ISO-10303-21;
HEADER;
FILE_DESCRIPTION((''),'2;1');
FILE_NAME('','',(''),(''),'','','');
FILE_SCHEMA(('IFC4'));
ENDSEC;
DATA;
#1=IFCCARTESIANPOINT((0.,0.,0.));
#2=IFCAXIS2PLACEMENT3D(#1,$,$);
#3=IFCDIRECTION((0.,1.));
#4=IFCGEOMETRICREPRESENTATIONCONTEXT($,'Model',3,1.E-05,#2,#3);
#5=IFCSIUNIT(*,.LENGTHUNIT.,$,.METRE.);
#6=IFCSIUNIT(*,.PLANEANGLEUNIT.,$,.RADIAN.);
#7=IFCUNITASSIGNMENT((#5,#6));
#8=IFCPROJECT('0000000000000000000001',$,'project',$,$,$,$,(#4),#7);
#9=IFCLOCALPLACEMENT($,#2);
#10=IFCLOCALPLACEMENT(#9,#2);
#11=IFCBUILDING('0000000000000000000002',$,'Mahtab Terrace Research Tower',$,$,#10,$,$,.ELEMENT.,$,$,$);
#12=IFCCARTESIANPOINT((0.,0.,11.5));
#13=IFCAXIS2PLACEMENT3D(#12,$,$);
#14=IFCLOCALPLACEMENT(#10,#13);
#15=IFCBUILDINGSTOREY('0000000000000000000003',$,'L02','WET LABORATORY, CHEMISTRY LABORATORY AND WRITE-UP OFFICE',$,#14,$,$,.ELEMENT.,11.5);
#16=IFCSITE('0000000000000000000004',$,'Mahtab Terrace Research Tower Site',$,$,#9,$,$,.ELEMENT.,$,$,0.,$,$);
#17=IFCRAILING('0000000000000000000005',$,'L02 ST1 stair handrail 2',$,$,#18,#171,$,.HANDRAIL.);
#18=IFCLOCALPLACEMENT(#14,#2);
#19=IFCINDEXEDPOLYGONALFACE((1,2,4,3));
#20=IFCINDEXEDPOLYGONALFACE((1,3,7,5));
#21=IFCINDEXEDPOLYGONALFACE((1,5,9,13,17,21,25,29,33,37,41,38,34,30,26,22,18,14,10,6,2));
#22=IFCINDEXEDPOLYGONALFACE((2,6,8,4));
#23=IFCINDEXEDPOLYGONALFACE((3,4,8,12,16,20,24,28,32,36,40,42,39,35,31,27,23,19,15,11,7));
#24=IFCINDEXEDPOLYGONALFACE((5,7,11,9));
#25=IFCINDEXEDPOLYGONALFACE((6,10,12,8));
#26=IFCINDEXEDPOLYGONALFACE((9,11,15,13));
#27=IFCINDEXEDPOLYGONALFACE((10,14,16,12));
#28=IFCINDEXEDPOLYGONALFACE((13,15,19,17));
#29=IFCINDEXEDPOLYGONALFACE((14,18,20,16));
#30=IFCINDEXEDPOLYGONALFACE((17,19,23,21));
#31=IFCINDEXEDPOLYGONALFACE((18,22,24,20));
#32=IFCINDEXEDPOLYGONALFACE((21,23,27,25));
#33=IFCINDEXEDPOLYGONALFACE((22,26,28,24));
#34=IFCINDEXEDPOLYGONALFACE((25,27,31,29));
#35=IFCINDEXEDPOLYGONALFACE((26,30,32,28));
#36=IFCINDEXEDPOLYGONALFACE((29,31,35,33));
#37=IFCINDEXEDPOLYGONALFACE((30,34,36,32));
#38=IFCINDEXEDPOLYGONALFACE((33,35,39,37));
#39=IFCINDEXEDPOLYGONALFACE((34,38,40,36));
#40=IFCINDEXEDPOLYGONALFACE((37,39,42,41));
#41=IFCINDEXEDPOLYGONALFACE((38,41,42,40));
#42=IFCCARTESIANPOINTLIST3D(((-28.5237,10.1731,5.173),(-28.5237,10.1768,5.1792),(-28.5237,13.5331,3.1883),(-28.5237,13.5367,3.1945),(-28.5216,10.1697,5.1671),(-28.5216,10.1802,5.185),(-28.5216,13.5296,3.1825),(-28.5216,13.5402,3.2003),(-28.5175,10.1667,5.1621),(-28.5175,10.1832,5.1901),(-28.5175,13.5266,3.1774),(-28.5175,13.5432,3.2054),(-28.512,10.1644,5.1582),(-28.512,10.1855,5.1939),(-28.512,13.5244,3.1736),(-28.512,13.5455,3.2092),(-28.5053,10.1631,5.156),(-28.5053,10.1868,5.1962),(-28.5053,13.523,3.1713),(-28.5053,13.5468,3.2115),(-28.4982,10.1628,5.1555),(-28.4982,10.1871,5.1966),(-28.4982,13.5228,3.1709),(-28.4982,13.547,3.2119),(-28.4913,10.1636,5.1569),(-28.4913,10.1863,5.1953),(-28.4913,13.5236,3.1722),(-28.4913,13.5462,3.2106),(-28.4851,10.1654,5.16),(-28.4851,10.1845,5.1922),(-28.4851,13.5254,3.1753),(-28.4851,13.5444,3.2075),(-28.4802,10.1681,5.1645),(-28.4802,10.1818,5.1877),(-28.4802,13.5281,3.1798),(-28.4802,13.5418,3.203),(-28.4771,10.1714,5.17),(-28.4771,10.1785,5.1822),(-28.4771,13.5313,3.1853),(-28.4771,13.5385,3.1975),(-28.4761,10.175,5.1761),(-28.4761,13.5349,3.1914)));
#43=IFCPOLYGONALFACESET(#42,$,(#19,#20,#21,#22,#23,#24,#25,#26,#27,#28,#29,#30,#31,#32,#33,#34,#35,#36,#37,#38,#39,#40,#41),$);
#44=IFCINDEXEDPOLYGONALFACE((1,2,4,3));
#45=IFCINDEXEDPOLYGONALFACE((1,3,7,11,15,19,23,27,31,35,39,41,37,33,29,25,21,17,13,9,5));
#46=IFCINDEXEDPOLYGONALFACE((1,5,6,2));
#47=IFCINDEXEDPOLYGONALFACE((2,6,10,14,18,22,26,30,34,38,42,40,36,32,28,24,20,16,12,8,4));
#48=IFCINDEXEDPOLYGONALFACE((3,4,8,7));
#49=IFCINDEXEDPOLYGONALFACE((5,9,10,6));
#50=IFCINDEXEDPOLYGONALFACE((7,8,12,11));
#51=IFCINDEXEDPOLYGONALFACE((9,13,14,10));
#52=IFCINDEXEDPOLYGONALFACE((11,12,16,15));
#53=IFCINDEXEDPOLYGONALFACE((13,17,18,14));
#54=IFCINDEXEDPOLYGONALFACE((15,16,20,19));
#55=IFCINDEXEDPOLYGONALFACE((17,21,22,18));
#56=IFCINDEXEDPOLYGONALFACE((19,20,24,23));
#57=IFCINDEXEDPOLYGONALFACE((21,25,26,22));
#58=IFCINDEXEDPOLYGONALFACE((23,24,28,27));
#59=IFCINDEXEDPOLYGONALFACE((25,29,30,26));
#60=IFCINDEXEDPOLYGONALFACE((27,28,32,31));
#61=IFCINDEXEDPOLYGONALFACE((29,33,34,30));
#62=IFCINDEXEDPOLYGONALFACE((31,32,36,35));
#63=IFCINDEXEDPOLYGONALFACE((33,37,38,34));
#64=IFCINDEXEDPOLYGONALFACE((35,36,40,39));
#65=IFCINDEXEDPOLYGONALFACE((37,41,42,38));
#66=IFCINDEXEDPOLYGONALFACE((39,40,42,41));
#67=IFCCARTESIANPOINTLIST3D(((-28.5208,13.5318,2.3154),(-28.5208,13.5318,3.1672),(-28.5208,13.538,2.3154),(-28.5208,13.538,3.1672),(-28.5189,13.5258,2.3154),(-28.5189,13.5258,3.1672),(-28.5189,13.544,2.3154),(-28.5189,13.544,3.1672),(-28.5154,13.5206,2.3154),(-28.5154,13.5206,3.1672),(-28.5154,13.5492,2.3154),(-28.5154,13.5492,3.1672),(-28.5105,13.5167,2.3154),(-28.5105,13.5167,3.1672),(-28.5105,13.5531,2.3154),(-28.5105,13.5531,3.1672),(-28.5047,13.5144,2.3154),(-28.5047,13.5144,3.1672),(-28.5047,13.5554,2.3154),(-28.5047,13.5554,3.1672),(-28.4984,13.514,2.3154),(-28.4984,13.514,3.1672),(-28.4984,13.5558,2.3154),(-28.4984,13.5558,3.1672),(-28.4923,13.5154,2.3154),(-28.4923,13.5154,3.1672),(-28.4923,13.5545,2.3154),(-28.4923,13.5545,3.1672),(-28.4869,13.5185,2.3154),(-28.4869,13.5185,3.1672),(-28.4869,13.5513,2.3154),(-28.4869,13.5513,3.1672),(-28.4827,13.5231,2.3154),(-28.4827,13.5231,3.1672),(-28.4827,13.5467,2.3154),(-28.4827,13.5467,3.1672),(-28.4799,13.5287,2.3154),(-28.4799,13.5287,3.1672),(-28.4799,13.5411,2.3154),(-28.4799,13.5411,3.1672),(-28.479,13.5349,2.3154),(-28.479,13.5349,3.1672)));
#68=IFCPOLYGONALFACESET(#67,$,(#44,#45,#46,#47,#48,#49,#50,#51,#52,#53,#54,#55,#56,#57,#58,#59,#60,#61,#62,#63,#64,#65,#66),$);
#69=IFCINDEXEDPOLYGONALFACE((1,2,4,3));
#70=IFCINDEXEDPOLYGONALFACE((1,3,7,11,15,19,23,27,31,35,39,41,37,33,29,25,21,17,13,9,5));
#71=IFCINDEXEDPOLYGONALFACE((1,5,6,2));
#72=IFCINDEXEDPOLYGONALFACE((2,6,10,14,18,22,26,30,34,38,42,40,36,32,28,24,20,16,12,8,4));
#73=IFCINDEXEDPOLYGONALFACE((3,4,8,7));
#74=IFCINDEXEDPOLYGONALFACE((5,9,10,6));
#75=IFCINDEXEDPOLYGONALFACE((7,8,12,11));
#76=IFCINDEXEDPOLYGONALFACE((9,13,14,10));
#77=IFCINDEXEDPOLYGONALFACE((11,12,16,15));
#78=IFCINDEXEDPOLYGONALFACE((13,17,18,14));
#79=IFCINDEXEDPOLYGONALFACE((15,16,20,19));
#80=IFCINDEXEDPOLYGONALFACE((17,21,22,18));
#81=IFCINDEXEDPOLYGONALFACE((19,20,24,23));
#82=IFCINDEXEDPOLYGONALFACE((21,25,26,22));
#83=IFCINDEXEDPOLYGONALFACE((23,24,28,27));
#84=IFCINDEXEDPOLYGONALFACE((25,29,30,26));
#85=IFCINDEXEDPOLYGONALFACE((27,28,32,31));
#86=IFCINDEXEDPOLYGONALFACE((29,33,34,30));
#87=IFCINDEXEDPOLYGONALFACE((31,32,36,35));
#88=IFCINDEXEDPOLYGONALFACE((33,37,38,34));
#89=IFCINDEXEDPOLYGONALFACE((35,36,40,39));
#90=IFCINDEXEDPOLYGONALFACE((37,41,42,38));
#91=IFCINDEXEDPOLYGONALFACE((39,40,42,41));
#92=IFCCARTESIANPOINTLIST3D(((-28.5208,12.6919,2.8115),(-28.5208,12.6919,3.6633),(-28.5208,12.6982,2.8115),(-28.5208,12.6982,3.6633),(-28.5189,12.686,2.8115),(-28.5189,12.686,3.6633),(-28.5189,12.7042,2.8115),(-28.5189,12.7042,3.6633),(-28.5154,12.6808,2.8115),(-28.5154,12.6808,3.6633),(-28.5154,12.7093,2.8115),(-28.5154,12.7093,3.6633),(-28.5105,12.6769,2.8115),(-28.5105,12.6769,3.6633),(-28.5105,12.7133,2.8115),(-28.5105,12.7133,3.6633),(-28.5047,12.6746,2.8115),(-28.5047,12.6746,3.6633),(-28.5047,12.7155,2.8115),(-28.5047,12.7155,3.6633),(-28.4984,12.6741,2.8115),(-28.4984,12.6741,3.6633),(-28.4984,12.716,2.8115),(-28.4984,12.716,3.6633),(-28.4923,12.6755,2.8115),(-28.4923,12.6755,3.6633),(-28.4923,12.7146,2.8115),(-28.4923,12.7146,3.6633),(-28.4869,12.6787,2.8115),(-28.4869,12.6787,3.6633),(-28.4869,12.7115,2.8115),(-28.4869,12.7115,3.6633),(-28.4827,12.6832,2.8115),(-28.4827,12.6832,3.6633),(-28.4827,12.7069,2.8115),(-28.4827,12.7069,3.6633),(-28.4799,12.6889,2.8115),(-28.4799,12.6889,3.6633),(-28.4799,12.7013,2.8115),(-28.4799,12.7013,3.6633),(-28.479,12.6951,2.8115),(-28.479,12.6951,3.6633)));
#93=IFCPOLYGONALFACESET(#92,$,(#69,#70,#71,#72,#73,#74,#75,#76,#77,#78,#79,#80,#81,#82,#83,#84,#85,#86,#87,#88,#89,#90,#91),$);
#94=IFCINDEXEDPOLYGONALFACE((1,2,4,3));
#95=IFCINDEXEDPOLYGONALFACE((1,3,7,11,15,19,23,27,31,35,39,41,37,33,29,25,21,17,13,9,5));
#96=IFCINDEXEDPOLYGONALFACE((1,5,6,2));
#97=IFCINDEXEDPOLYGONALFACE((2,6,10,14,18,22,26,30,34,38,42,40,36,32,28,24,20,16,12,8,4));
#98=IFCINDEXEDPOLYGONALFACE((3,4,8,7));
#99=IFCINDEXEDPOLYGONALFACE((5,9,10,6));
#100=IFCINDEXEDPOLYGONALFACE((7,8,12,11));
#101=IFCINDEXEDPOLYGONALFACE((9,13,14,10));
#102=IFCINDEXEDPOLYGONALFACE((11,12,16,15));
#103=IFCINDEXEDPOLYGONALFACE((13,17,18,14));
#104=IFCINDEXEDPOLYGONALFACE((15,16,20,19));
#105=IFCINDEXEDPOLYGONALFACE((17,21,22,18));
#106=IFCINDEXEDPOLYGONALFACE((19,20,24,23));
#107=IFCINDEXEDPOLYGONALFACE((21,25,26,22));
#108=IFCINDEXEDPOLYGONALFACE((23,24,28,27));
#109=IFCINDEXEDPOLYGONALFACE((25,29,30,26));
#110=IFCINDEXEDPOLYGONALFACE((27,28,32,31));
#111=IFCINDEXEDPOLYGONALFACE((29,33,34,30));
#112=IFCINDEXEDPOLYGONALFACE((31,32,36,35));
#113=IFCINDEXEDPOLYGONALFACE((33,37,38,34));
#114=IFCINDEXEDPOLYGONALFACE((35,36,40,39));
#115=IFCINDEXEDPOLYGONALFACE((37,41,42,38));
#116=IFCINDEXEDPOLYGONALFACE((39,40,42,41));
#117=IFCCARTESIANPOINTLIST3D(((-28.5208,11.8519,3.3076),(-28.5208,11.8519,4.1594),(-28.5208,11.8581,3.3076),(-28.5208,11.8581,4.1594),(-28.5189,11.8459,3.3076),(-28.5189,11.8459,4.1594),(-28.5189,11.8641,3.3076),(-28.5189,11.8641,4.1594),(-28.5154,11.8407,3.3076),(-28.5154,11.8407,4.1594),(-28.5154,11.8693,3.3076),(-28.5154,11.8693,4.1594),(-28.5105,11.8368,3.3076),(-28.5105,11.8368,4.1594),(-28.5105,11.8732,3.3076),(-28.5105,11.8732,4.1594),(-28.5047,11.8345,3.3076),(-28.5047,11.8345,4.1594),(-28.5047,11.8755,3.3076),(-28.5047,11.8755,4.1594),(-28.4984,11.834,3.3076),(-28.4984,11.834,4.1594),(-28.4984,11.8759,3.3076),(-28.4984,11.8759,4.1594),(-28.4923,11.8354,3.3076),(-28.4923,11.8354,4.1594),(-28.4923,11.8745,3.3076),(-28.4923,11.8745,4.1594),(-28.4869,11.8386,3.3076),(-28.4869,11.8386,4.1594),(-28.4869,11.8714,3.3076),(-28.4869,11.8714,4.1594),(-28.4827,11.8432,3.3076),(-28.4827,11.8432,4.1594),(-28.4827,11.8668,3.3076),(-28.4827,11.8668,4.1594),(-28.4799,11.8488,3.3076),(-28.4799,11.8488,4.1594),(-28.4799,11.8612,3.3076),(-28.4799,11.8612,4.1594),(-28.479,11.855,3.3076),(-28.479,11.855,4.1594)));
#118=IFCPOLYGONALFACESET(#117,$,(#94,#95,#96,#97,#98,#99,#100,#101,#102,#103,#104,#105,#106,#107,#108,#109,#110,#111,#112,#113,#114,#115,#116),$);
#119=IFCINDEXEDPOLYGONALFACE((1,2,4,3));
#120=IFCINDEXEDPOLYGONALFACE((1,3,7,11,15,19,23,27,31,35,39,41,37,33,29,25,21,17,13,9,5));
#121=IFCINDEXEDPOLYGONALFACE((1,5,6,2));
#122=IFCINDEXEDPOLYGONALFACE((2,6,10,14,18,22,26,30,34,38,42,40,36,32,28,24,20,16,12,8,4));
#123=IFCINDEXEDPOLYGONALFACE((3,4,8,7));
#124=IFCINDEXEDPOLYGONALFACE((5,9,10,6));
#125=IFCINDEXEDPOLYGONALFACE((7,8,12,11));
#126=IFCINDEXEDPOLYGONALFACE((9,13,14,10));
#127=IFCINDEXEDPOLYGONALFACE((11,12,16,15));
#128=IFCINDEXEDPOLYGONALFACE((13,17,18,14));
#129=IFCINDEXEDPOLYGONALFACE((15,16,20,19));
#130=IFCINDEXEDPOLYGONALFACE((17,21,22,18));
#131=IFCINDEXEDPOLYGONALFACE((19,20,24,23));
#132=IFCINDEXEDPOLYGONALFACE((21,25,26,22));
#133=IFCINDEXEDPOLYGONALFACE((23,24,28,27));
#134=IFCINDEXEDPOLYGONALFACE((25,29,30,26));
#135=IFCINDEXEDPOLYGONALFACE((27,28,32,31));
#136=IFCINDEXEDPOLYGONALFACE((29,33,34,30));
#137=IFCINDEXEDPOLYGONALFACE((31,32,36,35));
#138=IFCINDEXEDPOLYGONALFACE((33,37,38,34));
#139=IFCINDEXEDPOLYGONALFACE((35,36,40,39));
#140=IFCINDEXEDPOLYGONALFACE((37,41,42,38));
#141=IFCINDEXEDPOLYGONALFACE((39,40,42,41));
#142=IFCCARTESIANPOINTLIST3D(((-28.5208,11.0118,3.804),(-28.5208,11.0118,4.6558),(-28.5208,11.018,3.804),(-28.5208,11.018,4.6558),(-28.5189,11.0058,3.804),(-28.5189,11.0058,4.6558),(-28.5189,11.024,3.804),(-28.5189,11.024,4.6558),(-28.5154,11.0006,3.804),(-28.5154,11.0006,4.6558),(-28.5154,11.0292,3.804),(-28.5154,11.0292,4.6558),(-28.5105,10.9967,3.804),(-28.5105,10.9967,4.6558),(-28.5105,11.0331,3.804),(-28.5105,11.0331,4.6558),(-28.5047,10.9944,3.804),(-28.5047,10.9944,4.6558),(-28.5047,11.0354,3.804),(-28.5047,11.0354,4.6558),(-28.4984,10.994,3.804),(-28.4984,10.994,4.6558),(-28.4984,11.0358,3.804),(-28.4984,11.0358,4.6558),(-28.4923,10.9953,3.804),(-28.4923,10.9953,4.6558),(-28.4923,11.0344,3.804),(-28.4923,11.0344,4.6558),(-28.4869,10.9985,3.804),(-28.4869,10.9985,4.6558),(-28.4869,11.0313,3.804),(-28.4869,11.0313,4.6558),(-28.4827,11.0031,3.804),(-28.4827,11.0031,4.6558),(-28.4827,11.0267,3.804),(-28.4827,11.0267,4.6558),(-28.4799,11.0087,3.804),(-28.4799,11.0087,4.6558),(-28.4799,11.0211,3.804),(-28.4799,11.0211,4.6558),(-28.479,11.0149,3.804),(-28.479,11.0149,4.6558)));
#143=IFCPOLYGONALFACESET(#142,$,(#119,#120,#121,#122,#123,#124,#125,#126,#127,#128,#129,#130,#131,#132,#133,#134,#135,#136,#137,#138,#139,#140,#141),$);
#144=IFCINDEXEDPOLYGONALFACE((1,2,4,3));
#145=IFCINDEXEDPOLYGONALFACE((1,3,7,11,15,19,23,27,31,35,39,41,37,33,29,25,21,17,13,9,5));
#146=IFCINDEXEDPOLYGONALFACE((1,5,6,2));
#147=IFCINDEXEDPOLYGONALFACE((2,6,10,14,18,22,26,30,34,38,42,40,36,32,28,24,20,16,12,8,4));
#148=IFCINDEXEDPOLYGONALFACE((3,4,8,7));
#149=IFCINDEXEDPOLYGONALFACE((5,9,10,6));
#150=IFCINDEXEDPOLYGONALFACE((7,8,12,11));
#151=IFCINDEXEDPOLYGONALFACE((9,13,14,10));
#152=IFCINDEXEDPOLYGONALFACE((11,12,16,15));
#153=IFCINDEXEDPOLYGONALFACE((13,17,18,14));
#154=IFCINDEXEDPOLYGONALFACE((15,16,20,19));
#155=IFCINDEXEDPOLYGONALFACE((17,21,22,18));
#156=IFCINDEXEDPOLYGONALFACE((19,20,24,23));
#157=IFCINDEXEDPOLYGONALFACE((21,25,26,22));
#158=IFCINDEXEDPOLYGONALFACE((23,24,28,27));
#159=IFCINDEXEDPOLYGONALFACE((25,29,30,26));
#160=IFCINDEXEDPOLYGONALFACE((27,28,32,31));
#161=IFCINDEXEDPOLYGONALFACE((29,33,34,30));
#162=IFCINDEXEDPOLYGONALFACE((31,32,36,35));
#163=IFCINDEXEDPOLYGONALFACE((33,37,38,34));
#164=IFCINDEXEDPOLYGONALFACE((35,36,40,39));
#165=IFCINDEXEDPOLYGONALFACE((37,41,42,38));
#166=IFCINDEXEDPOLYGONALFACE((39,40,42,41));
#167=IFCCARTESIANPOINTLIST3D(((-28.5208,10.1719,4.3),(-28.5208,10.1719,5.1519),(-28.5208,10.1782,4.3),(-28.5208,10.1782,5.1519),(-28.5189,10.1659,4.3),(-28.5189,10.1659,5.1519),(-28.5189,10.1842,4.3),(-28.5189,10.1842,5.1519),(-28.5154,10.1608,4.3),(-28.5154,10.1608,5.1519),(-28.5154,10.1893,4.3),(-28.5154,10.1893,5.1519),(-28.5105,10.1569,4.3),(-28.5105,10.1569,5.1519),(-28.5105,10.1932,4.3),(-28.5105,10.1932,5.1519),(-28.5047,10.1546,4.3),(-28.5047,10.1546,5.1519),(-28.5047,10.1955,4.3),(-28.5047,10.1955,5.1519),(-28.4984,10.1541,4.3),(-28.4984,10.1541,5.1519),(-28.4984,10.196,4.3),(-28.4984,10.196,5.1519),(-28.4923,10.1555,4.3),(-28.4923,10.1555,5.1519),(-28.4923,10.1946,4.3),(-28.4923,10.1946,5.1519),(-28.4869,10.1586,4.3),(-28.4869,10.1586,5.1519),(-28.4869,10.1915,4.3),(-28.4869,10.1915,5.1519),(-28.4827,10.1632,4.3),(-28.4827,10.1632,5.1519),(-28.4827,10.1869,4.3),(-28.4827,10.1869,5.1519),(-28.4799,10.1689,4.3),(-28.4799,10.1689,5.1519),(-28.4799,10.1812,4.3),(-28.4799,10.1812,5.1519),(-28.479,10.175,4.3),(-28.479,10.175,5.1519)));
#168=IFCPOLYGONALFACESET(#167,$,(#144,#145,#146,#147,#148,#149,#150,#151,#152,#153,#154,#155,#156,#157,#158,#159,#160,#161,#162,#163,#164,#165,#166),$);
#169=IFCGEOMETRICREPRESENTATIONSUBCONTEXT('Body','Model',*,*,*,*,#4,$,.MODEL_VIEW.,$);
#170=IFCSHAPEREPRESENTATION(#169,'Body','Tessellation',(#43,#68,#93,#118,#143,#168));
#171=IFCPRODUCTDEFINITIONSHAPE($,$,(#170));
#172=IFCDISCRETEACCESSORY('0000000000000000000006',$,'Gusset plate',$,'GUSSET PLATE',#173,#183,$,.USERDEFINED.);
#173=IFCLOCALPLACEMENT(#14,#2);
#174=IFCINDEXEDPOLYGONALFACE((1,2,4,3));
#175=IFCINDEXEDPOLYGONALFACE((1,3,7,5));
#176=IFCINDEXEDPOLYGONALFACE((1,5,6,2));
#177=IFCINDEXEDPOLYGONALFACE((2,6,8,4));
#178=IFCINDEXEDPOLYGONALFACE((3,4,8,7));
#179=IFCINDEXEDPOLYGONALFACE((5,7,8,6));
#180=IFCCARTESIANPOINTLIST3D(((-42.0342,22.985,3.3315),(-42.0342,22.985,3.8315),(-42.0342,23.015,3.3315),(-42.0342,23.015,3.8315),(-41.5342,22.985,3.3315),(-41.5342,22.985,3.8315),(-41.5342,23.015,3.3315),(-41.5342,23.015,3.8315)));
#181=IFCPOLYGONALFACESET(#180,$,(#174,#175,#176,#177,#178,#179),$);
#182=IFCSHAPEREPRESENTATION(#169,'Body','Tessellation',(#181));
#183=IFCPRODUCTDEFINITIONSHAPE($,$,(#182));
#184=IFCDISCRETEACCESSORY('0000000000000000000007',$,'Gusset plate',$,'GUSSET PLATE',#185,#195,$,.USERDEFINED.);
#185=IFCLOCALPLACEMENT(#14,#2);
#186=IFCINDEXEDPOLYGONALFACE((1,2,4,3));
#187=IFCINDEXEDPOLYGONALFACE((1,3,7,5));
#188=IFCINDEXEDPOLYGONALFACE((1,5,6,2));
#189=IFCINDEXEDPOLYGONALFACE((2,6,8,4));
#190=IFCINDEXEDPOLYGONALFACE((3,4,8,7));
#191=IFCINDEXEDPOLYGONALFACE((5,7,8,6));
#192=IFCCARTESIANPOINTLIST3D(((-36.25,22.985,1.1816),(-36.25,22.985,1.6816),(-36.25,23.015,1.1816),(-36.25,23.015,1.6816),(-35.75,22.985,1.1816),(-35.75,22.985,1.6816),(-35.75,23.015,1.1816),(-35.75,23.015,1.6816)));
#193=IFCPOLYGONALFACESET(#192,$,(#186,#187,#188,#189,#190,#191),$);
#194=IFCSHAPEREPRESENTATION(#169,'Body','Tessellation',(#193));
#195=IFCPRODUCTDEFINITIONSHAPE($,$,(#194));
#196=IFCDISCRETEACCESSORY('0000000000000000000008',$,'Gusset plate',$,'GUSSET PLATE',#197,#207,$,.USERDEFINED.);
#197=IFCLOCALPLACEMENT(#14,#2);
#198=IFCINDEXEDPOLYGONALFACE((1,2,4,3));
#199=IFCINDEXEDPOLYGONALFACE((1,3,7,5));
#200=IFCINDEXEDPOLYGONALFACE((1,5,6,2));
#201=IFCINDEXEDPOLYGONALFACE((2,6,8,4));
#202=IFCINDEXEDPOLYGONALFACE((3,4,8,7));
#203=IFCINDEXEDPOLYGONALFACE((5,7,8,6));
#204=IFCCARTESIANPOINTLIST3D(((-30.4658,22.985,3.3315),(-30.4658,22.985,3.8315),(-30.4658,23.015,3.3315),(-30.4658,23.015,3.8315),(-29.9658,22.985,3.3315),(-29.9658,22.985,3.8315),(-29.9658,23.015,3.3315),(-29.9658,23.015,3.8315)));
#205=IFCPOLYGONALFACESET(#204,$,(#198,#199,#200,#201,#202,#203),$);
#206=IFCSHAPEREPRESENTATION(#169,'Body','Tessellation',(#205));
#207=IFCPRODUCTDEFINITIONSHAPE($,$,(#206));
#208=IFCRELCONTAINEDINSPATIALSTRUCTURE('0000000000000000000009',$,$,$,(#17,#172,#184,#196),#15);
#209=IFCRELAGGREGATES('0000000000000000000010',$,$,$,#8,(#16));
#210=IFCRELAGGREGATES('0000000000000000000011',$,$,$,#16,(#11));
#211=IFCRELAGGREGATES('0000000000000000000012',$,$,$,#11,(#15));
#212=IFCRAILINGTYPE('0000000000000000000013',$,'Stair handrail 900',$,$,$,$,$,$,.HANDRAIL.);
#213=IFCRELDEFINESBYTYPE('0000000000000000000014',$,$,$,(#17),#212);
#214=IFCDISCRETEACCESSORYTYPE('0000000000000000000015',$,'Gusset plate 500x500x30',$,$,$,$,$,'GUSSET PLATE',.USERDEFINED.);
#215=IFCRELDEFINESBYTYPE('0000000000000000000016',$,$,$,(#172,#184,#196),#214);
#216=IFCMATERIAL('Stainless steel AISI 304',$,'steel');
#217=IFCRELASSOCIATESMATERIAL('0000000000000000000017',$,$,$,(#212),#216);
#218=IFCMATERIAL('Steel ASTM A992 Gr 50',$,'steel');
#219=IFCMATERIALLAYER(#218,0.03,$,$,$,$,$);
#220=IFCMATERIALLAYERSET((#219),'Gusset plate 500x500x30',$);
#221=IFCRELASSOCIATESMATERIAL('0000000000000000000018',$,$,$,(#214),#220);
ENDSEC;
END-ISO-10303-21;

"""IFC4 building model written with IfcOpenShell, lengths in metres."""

from ifc_helpers import new_model, si_unit, direction, frame, origin, origin_2d, place, context, subcontext, project, spatial, rectangle, circle, extrude, material, layer, layer_set, type_object, element, save


model = new_model("IFC4")

# Units and contexts
model_context = context("Model", 3, precision=1e-05, world=origin(), true_north=direction((0.0, 1.0)))
body_context = subcontext(model_context, "Body", "Model", "MODEL_VIEW")
ifc_project = project(units=[si_unit("LENGTHUNIT", "METRE"), si_unit("PLANEANGLEUNIT", "RADIAN")], contexts=[model_context])

# Site, building, storey
site_placement = place(None, origin())
site = spatial("IfcSite", under=ifc_project, at=site_placement, Name="Mahtab Terrace Research Tower Site", CompositionType="ELEMENT", RefElevation=0.0)
building_placement = place(site_placement, origin())
building = spatial("IfcBuilding", under=site, at=building_placement, Name="Mahtab Terrace Research Tower", CompositionType="ELEMENT")
storey_placement = place(building_placement, frame((0.0, 0.0, 11.5)))
storey = spatial("IfcBuildingStorey", under=building, at=storey_placement, Name="L02", Description="WET LABORATORY, CHEMISTRY LABORATORY AND WRITE-UP OFFICE", CompositionType="ELEMENT", Elevation=11.5)

# Shared definitions
ifc_material_1 = material(Name="Steel ASTM A992 Gr 50", Category="steel")

# Railing
ifc_material_2 = material(Name="Stainless steel AISI 304", Category="steel")
railing_type = type_object("IfcRailingType", Name="Stair handrail 900", PredefinedType="HANDRAIL", material=ifc_material_2)
railing_placement = place(storey_placement, frame((-28.5, 13.5349, 2.3154)))
element("IfcRailing", 1, at=railing_placement, inside=storey, type_object=railing_type, Name="L02 ST1 stair handrail 2", PredefinedType="HANDRAIL", context=body_context, shape_type="SweptSolid", body=[
    extrude(circle(Radius=0.0239, at=origin_2d()), frame((0.0, 0.0, 0.876), z_axis=(0.0, -0.861011, 0.508586), x_axis=(1.0, 0.0, 0.0)), (0.0, 0.0, 1.0), 3.9023),
    extrude(circle(Radius=0.021, at=origin_2d()), origin(), (0.0, 0.0, 1.0), 0.8518),
    extrude(circle(Radius=0.021, at=origin_2d()), frame((0.0, -0.8398, 0.4961)), (0.0, 0.0, 1.0), 0.8518),
    extrude(circle(Radius=0.021, at=origin_2d()), frame((0.0, -1.6799, 0.9922)), (0.0, 0.0, 1.0), 0.8518),
    extrude(circle(Radius=0.021, at=origin_2d()), frame((0.0, -2.52, 1.4885)), (0.0, 0.0, 1.0), 0.8518),
    extrude(circle(Radius=0.021, at=origin_2d()), frame((0.0, -3.3599, 1.9846)), (0.0, 0.0, 1.0), 0.8518),
])

# Discrete accessories
ifc_layer_1 = layer(ifc_material_1, 0.03)
ifc_layer_set_1 = layer_set([ifc_layer_1], Name="Gusset plate 500x500x30")
discrete_accessory_type = type_object("IfcDiscreteAccessoryType", Name="Gusset plate 500x500x30", ElementType="GUSSET PLATE", PredefinedType="USERDEFINED", material=ifc_layer_set_1)
for number, where, z_axis, x_axis, name in (
    (2, (-41.7842, 23.0, 3.3315), (0.0, 0.0, 1.0), (1.0, 0.0, 0.0), "Gusset plate"),
    (3, (-36.0, 23.0, 1.1816), (0.0, 0.0, 1.0), (1.0, 0.0, 0.0), "Gusset plate"),
    (4, (-30.2158, 23.0, 3.3315), (0.0, 0.0, 1.0), (1.0, 0.0, 0.0), "Gusset plate"),
):
    element("IfcDiscreteAccessory", number, at=place(storey_placement, frame(where, z_axis=z_axis, x_axis=x_axis)), inside=storey, type_object=discrete_accessory_type, Name=name, ObjectType="GUSSET PLATE", PredefinedType="USERDEFINED", context=body_context, shape_type="SweptSolid", body=[
        extrude(rectangle(XDim=0.5, YDim=0.03, at=origin_2d()), origin(), (0.0, 0.0, 1.0), 0.5),
    ])

save(model, "model.ifc")
